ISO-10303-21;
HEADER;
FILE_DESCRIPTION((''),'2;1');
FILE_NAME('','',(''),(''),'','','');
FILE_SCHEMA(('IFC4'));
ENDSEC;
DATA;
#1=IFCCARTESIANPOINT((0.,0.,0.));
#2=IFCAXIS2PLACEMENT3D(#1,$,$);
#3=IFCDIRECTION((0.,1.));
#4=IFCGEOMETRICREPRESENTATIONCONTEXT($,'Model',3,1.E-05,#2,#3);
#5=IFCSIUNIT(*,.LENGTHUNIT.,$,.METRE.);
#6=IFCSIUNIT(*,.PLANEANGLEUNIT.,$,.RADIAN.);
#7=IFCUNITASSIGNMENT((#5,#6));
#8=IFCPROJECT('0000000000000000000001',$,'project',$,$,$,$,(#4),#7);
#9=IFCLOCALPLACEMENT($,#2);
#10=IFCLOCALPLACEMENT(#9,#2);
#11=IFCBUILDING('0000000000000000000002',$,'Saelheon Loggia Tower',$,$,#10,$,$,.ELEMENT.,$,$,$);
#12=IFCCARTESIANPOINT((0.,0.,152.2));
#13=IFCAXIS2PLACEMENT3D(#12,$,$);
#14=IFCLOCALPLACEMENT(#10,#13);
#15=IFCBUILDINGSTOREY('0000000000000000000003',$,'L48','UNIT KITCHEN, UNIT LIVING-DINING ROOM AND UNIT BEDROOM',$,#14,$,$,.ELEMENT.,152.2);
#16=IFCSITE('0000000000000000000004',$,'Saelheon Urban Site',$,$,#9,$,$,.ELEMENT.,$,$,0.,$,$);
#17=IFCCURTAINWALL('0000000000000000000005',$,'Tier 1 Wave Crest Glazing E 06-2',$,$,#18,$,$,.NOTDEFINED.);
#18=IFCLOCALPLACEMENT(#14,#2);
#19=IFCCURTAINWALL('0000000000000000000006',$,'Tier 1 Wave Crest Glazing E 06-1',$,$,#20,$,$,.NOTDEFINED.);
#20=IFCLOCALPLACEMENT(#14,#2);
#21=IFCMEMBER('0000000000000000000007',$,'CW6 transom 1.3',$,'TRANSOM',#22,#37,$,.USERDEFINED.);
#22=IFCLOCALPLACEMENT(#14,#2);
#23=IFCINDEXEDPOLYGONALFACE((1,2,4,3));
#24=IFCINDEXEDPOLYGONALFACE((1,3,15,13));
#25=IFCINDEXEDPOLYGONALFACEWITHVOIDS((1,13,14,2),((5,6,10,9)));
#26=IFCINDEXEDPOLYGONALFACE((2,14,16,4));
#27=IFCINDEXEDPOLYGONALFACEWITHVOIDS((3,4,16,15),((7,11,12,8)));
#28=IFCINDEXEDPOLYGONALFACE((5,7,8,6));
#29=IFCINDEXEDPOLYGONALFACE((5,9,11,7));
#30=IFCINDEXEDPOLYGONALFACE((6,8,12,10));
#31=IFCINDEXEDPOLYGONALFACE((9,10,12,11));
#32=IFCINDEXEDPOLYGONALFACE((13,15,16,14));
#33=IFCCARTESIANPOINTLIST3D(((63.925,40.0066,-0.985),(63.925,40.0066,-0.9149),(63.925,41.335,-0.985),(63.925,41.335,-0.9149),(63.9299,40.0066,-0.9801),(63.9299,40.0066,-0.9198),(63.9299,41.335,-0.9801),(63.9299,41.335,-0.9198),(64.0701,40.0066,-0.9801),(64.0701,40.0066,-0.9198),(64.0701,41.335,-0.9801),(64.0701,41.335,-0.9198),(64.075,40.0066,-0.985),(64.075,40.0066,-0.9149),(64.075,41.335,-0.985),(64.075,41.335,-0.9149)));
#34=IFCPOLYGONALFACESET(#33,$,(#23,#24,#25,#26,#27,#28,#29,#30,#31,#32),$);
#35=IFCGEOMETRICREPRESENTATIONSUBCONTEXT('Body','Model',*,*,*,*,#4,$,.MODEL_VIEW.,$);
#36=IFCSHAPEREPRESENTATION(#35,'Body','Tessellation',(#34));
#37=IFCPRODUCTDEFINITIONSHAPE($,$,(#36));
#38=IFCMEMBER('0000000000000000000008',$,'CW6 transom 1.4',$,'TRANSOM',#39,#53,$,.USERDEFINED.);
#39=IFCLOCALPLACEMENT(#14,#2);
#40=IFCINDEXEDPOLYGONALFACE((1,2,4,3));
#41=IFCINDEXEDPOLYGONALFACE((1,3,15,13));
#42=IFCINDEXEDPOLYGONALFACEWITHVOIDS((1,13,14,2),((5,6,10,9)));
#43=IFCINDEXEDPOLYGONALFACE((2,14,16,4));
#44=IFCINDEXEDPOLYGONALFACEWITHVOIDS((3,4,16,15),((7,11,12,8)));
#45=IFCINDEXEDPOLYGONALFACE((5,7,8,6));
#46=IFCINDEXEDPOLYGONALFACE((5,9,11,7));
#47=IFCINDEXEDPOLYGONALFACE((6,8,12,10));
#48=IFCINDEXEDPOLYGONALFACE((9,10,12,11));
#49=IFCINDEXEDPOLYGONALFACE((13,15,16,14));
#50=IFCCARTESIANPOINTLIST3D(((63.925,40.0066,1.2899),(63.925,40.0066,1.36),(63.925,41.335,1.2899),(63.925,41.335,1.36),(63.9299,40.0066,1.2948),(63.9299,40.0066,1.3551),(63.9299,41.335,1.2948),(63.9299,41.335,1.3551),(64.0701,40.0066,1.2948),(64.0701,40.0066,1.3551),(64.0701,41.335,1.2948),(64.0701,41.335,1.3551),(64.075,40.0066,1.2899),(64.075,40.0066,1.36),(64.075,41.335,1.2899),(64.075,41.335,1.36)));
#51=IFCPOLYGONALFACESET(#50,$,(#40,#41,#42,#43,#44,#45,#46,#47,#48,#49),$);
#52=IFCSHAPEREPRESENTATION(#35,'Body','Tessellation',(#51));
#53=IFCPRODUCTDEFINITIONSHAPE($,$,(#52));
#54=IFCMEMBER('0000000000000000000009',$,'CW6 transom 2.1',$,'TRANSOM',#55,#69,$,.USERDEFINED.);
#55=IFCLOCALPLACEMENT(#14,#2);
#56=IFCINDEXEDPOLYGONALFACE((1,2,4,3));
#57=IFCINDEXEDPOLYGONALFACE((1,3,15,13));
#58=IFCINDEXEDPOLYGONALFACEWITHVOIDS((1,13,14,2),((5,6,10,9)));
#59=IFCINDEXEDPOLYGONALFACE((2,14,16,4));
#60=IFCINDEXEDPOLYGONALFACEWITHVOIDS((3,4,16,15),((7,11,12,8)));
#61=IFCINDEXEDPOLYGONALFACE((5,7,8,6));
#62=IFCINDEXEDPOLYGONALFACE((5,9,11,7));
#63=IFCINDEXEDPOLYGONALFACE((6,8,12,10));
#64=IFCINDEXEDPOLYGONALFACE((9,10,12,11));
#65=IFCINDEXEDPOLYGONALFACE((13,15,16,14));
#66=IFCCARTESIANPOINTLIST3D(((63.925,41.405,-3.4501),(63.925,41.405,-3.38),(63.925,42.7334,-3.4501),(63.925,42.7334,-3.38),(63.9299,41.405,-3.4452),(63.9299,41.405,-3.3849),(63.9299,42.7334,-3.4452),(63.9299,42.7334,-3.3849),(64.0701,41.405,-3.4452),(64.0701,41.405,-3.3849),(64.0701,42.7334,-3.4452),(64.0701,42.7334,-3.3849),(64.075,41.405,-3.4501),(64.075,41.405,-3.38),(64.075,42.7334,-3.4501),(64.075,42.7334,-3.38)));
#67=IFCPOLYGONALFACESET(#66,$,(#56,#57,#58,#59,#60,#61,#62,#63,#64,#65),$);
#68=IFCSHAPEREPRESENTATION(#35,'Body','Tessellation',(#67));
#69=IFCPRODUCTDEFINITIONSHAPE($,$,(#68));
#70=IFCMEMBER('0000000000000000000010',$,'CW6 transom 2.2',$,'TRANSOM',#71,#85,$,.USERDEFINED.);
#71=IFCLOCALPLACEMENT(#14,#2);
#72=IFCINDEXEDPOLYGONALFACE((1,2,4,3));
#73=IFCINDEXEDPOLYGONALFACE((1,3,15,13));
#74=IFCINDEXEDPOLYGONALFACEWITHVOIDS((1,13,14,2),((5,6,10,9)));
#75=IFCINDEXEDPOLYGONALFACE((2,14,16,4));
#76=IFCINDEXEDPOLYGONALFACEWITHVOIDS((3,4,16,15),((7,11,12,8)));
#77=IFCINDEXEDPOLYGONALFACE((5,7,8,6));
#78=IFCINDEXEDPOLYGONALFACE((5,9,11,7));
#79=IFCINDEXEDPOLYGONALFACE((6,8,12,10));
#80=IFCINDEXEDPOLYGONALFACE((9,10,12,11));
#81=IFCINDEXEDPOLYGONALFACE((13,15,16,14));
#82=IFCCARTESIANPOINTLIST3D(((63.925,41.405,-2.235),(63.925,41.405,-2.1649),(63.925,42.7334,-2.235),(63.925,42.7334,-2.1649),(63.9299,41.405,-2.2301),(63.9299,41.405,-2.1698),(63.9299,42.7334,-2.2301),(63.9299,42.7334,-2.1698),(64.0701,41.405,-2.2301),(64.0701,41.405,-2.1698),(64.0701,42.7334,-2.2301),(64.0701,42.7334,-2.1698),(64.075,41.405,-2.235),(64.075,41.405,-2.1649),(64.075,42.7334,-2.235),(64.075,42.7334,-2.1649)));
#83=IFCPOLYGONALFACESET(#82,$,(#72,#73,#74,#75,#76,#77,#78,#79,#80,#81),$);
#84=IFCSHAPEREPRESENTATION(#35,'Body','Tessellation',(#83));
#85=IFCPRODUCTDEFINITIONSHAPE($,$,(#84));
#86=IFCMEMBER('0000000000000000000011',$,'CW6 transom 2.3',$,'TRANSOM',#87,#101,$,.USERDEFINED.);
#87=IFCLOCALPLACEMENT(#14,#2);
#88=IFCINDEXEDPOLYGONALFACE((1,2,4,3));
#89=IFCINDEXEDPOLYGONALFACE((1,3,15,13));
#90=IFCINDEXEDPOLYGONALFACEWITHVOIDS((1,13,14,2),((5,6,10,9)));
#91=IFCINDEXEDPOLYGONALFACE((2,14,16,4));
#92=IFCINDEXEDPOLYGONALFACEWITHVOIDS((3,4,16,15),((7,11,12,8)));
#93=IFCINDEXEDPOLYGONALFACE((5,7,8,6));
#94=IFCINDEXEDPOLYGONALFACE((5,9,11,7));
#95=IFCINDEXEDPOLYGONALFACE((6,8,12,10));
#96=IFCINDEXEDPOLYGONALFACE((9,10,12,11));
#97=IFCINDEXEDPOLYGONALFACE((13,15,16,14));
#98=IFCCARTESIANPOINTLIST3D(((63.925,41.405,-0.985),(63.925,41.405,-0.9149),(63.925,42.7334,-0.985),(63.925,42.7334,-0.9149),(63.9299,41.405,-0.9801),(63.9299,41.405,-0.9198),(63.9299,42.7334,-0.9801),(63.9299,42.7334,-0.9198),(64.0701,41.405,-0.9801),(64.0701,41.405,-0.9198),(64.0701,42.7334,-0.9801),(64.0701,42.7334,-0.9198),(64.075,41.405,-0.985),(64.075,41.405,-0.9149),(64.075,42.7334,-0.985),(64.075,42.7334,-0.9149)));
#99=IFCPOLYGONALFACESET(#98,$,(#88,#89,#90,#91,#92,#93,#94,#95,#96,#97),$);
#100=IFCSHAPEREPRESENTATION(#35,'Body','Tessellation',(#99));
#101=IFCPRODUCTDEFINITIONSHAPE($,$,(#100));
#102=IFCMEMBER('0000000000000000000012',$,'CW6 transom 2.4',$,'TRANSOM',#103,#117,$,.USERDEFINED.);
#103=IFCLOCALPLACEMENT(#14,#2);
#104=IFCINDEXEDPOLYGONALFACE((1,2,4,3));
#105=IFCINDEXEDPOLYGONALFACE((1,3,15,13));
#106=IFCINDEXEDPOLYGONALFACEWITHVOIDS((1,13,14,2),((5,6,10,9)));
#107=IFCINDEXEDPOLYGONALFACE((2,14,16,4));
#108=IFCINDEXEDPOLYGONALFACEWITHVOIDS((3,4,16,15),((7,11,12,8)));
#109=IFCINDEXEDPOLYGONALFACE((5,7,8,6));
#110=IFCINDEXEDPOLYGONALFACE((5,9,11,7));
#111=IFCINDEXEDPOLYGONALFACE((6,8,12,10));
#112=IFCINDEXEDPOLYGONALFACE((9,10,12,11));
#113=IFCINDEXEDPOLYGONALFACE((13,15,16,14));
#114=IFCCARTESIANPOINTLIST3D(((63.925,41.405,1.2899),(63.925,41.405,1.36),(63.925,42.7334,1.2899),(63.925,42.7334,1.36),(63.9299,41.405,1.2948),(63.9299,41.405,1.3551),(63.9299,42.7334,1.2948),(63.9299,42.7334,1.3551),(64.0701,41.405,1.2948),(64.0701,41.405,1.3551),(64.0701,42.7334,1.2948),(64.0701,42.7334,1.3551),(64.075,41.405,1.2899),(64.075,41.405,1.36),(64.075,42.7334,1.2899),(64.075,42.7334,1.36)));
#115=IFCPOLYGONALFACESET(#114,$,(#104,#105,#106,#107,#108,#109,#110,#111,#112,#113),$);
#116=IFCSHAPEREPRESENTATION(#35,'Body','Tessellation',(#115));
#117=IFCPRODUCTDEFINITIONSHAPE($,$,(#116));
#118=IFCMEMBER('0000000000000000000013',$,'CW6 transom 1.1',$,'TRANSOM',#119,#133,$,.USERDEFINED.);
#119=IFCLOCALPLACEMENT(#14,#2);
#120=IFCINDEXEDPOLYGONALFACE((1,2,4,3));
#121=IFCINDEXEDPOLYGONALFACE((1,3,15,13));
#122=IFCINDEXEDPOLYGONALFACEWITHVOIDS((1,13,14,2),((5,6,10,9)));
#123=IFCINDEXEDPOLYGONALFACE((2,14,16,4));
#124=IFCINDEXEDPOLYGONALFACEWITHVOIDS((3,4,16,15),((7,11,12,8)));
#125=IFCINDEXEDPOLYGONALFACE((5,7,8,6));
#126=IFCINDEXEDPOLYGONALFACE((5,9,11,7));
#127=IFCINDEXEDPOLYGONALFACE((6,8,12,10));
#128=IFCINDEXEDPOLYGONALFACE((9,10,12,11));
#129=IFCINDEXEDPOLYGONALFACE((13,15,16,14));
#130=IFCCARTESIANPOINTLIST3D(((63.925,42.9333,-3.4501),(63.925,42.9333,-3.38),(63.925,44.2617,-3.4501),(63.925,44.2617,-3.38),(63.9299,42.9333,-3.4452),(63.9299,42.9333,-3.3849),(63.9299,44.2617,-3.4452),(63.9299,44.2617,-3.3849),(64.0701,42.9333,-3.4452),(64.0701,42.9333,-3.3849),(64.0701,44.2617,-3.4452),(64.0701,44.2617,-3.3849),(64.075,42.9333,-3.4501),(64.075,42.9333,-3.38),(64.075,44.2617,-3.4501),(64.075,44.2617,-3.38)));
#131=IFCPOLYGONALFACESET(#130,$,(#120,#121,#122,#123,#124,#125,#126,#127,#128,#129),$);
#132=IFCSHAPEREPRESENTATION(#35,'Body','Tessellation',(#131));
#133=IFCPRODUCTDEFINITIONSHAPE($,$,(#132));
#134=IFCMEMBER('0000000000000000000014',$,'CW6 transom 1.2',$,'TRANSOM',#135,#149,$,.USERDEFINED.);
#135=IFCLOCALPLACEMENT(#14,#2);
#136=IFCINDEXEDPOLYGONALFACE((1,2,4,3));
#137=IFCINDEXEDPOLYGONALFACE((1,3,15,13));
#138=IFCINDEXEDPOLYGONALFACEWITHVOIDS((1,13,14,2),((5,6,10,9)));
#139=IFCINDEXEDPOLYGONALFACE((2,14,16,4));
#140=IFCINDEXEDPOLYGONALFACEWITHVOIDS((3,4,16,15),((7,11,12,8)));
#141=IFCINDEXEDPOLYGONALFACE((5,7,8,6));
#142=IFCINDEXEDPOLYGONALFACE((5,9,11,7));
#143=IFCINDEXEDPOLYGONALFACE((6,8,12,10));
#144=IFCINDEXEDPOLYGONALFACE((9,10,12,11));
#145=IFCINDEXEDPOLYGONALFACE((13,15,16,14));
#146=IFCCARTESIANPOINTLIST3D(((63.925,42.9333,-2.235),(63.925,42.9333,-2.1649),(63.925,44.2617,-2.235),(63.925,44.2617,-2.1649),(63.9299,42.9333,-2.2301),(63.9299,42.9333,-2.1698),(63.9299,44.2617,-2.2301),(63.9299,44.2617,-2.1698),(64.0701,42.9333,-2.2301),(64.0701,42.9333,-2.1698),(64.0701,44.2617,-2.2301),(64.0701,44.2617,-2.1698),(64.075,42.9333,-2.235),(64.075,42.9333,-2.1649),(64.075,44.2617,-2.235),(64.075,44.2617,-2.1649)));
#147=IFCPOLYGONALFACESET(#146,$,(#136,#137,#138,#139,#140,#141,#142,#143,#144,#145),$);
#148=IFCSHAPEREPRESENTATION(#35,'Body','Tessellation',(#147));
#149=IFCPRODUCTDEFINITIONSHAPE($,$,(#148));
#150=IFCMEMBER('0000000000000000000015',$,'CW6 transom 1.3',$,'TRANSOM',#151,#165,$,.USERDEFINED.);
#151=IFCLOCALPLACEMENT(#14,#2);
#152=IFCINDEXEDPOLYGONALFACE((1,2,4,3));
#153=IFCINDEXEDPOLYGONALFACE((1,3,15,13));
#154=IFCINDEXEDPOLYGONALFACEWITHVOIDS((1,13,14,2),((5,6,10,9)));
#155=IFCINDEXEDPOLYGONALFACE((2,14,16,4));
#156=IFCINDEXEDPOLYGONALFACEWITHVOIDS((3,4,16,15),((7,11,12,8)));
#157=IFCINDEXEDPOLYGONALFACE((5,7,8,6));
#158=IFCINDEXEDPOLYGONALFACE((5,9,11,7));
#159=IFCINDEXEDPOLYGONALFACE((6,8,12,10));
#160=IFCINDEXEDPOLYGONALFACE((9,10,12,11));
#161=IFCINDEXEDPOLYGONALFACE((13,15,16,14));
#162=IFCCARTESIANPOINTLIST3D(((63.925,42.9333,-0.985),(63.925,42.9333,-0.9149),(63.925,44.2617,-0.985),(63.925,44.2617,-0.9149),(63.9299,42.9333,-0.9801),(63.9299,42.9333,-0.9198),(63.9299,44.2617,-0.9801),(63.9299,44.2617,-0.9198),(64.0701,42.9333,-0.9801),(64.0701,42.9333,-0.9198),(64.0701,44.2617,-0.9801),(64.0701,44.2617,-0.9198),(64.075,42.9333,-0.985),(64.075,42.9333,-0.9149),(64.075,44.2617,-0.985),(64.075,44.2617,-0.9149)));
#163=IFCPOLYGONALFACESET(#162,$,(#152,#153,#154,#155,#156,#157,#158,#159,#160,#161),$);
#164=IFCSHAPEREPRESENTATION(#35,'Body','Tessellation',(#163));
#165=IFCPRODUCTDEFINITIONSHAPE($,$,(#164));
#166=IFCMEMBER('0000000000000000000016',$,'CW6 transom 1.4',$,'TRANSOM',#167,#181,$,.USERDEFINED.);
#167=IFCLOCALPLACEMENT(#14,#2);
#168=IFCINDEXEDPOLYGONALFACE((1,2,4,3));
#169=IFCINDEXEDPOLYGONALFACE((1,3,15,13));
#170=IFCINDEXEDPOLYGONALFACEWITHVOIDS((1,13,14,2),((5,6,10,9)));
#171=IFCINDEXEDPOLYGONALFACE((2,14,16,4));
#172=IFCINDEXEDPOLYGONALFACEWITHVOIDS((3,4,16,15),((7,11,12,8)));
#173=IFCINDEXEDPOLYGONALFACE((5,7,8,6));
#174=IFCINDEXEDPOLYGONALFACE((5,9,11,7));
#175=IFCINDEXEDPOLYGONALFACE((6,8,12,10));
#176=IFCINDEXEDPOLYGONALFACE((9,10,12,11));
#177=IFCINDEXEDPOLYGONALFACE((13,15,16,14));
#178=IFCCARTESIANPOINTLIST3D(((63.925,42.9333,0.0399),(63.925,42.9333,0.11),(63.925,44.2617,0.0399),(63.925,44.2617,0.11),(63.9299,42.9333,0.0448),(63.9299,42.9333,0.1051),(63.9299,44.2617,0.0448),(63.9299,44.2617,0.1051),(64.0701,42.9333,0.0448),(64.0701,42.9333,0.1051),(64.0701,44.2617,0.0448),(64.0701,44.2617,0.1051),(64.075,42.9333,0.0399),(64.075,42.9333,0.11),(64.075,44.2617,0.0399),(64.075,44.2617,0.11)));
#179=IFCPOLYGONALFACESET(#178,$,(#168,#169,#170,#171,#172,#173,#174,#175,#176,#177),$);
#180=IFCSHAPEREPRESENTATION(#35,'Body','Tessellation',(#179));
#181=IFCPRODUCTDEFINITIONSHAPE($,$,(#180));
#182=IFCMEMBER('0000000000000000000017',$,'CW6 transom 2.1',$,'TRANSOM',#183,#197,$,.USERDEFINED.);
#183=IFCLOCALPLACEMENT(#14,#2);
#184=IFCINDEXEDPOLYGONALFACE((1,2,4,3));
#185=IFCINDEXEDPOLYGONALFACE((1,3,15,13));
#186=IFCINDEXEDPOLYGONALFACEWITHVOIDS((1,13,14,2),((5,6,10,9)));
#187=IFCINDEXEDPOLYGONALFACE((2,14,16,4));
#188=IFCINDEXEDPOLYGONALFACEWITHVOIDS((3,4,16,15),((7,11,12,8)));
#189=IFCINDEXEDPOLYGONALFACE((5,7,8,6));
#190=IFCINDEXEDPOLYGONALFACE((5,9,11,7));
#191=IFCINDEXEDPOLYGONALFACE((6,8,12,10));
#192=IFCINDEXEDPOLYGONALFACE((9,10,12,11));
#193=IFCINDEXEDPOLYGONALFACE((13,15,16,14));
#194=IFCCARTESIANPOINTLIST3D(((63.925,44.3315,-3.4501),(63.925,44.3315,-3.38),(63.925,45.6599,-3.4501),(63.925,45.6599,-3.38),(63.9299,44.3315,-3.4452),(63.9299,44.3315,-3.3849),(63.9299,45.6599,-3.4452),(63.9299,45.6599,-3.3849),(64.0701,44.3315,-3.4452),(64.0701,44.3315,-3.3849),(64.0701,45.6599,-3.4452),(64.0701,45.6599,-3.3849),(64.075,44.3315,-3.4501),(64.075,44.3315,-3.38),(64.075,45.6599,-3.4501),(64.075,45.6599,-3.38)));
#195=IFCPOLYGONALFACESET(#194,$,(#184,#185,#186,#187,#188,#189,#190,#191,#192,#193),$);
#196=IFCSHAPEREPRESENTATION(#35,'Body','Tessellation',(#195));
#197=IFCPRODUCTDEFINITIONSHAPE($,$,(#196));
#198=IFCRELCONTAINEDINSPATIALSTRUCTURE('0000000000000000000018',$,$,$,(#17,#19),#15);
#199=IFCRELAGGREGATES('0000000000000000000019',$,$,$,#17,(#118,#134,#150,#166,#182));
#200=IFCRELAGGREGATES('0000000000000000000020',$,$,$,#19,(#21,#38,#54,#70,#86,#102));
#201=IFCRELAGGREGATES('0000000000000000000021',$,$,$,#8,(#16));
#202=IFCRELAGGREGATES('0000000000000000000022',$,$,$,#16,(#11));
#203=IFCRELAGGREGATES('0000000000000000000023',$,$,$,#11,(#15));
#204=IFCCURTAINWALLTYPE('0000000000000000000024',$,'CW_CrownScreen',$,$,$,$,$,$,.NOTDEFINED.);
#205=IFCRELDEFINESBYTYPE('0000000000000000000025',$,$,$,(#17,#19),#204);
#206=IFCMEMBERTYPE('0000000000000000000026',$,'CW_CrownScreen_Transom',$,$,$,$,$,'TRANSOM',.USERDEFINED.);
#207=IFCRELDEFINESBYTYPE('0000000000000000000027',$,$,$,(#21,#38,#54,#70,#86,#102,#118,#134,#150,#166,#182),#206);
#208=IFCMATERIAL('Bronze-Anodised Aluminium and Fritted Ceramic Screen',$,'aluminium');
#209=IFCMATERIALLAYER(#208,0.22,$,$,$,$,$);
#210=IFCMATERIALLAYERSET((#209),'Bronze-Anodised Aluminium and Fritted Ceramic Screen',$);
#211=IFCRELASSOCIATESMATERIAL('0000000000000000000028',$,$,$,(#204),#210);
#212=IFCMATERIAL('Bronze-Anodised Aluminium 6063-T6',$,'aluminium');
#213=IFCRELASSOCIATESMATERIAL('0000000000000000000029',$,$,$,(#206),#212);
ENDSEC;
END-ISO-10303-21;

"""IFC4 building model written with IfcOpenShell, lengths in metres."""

from ifc_helpers import new_model, si_unit, direction, frame, origin, origin_2d, place, context, subcontext, project, spatial, hollow_rectangle, extrude, source, transform, mapped, material, layer, layer_set, material_profile, profile_set, type_object, element, aggregate, save


model = new_model("IFC4")

# Units and contexts
model_context = context("Model", 3, precision=1e-05, world=origin(), true_north=direction((0.0, 1.0)))
body_context = subcontext(model_context, "Body", "Model", "MODEL_VIEW")
ifc_project = project(units=[si_unit("LENGTHUNIT", "METRE"), si_unit("PLANEANGLEUNIT", "RADIAN")], contexts=[model_context])

# Site, building, storey
site_placement = place(None, origin())
site = spatial("IfcSite", under=ifc_project, at=site_placement, Name="Saelheon Urban Site", CompositionType="ELEMENT", RefElevation=0.0)
building_placement = place(site_placement, origin())
building = spatial("IfcBuilding", under=site, at=building_placement, Name="Saelheon Loggia Tower", CompositionType="ELEMENT")
storey_placement = place(building_placement, frame((0.0, 0.0, 152.2)))
storey = spatial("IfcBuildingStorey", under=building, at=storey_placement, Name="L48", Description="UNIT KITCHEN, UNIT LIVING-DINING ROOM AND UNIT BEDROOM", CompositionType="ELEMENT", Elevation=152.2)

# Curtain walls, members
ifc_material_1 = material(Name="Bronze-Anodised Aluminium and Fritted Ceramic Screen", Category="aluminium")
ifc_layer_1 = layer(ifc_material_1, 0.22)
ifc_layer_set_1 = layer_set([ifc_layer_1], Name="Bronze-Anodised Aluminium and Fritted Ceramic Screen")
curtain_wall_type = type_object("IfcCurtainWallType", Name="CW_CrownScreen", PredefinedType="NOTDEFINED", material=ifc_layer_set_1)
curtain_wall_1_placement = place(storey_placement, origin())
curtain_wall_1 = element("IfcCurtainWall", 1, at=curtain_wall_1_placement, inside=storey, type_object=curtain_wall_type, Name="Tier 1 Wave Crest Glazing E 06-2", PredefinedType="NOTDEFINED")
ifc_material_2 = material(Name="Bronze-Anodised Aluminium 6063-T6", Category="aluminium")
curtain_wall_2_placement = place(storey_placement, origin())
curtain_wall_2 = element("IfcCurtainWall", 2, at=curtain_wall_2_placement, inside=storey, type_object=curtain_wall_type, Name="Tier 1 Wave Crest Glazing E 06-1", PredefinedType="NOTDEFINED")
ifc_material_profile_1 = material_profile(ifc_material_2, hollow_rectangle(XDim=0.0701, YDim=0.1499, WallThickness=0.0049, at=origin_2d()), Name="RHS-150x70x5")
ifc_profile_set_1 = profile_set([ifc_material_profile_1], Name="Bronze-Anodised Aluminium 6063-T6")
member_type_1 = type_object("IfcMemberType", Name="CW_CrownScreen_Transom", ElementType="TRANSOM", PredefinedType="USERDEFINED", material=ifc_profile_set_1)
shared_shape_1 = source(origin(), body_context, "Body", "SweptSolid", [
    extrude(hollow_rectangle(XDim=0.0701, YDim=0.1499, WallThickness=0.0049, at=origin_2d()), origin(), (0.0, 0.0, 1.0), 1.3284),
])
member_1_placement = place(storey_placement, frame((64.0, 40.0066, -0.95), z_axis=(0.0, 1.0, 0.0), x_axis=(0.0, 0.0, 1.0)))
member_1 = element("IfcMember", 3, at=member_1_placement, type_object=member_type_1, Name="CW6 transom 1.3", ObjectType="TRANSOM", PredefinedType="USERDEFINED", context=body_context, shape_type="MappedRepresentation", body=[
    mapped(shared_shape_1, transform((0.0, 0.0, 0.0), scale=1.0)),
])
member_2_placement = place(storey_placement, frame((64.0, 40.0066, 1.325), z_axis=(0.0, 1.0, 0.0), x_axis=(0.0, 0.0, 1.0)))
member_2 = element("IfcMember", 4, at=member_2_placement, type_object=member_type_1, Name="CW6 transom 1.4", ObjectType="TRANSOM", PredefinedType="USERDEFINED", context=body_context, shape_type="MappedRepresentation", body=[
    mapped(shared_shape_1, transform((0.0, 0.0, 0.0), scale=1.0)),
])
member_3_placement = place(storey_placement, frame((64.0, 41.405, -3.415), z_axis=(0.0, 1.0, 0.0), x_axis=(0.0, 0.0, 1.0)))
member_3 = element("IfcMember", 5, at=member_3_placement, type_object=member_type_1, Name="CW6 transom 2.1", ObjectType="TRANSOM", PredefinedType="USERDEFINED", context=body_context, shape_type="MappedRepresentation", body=[
    mapped(shared_shape_1, transform((0.0, 0.0, 0.0), scale=1.0)),
])
member_4_placement = place(storey_placement, frame((64.0, 41.405, -2.2), z_axis=(0.0, 1.0, 0.0), x_axis=(0.0, 0.0, 1.0)))
member_4 = element("IfcMember", 6, at=member_4_placement, type_object=member_type_1, Name="CW6 transom 2.2", ObjectType="TRANSOM", PredefinedType="USERDEFINED", context=body_context, shape_type="MappedRepresentation", body=[
    mapped(shared_shape_1, transform((0.0, 0.0, 0.0), scale=1.0)),
])
member_5_placement = place(storey_placement, frame((64.0, 41.405, -0.95), z_axis=(0.0, 1.0, 0.0), x_axis=(0.0, 0.0, 1.0)))
member_5 = element("IfcMember", 7, at=member_5_placement, type_object=member_type_1, Name="CW6 transom 2.3", ObjectType="TRANSOM", PredefinedType="USERDEFINED", context=body_context, shape_type="MappedRepresentation", body=[
    mapped(shared_shape_1, transform((0.0, 0.0, 0.0), scale=1.0)),
])
member_6_placement = place(storey_placement, frame((64.0, 41.405, 1.325), z_axis=(0.0, 1.0, 0.0), x_axis=(0.0, 0.0, 1.0)))
member_6 = element("IfcMember", 8, at=member_6_placement, type_object=member_type_1, Name="CW6 transom 2.4", ObjectType="TRANSOM", PredefinedType="USERDEFINED", context=body_context, shape_type="MappedRepresentation", body=[
    mapped(shared_shape_1, transform((0.0, 0.0, 0.0), scale=1.0)),
])

# Members
member_7_placement = place(storey_placement, frame((64.0, 42.9333, -3.415), z_axis=(0.0, 1.0, 0.0), x_axis=(0.0, 0.0, 1.0)))
member_7 = element("IfcMember", 9, at=member_7_placement, type_object=member_type_1, Name="CW6 transom 1.1", ObjectType="TRANSOM", PredefinedType="USERDEFINED", context=body_context, shape_type="MappedRepresentation", body=[
    mapped(shared_shape_1, transform((0.0, 0.0, 0.0), scale=1.0)),
])
member_8_placement = place(storey_placement, frame((64.0, 42.9333, -2.2), z_axis=(0.0, 1.0, 0.0), x_axis=(0.0, 0.0, 1.0)))
member_8 = element("IfcMember", 10, at=member_8_placement, type_object=member_type_1, Name="CW6 transom 1.2", ObjectType="TRANSOM", PredefinedType="USERDEFINED", context=body_context, shape_type="MappedRepresentation", body=[
    mapped(shared_shape_1, transform((0.0, 0.0, 0.0), scale=1.0)),
])
member_9_placement = place(storey_placement, frame((64.0, 42.9333, -0.95), z_axis=(0.0, 1.0, 0.0), x_axis=(0.0, 0.0, 1.0)))
member_9 = element("IfcMember", 11, at=member_9_placement, type_object=member_type_1, Name="CW6 transom 1.3", ObjectType="TRANSOM", PredefinedType="USERDEFINED", context=body_context, shape_type="MappedRepresentation", body=[
    mapped(shared_shape_1, transform((0.0, 0.0, 0.0), scale=1.0)),
])
member_10_placement = place(storey_placement, frame((64.0, 42.9333, 0.075), z_axis=(0.0, 1.0, 0.0), x_axis=(0.0, 0.0, 1.0)))
member_10 = element("IfcMember", 12, at=member_10_placement, type_object=member_type_1, Name="CW6 transom 1.4", ObjectType="TRANSOM", PredefinedType="USERDEFINED", context=body_context, shape_type="MappedRepresentation", body=[
    mapped(shared_shape_1, transform((0.0, 0.0, 0.0), scale=1.0)),
])
member_11_placement = place(storey_placement, frame((64.0, 44.3315, -3.415), z_axis=(0.0, 1.0, 0.0), x_axis=(0.0, 0.0, 1.0)))
member_11 = element("IfcMember", 13, at=member_11_placement, type_object=member_type_1, Name="CW6 transom 2.1", ObjectType="TRANSOM", PredefinedType="USERDEFINED", context=body_context, shape_type="MappedRepresentation", body=[
    mapped(shared_shape_1, transform((0.0, 0.0, 0.0), scale=1.0)),
])

aggregate(curtain_wall_1, [member_7, member_8, member_9, member_10, member_11])
aggregate(curtain_wall_2, [member_1, member_2, member_3, member_4, member_5, member_6])

save(model, "model.ifc")
